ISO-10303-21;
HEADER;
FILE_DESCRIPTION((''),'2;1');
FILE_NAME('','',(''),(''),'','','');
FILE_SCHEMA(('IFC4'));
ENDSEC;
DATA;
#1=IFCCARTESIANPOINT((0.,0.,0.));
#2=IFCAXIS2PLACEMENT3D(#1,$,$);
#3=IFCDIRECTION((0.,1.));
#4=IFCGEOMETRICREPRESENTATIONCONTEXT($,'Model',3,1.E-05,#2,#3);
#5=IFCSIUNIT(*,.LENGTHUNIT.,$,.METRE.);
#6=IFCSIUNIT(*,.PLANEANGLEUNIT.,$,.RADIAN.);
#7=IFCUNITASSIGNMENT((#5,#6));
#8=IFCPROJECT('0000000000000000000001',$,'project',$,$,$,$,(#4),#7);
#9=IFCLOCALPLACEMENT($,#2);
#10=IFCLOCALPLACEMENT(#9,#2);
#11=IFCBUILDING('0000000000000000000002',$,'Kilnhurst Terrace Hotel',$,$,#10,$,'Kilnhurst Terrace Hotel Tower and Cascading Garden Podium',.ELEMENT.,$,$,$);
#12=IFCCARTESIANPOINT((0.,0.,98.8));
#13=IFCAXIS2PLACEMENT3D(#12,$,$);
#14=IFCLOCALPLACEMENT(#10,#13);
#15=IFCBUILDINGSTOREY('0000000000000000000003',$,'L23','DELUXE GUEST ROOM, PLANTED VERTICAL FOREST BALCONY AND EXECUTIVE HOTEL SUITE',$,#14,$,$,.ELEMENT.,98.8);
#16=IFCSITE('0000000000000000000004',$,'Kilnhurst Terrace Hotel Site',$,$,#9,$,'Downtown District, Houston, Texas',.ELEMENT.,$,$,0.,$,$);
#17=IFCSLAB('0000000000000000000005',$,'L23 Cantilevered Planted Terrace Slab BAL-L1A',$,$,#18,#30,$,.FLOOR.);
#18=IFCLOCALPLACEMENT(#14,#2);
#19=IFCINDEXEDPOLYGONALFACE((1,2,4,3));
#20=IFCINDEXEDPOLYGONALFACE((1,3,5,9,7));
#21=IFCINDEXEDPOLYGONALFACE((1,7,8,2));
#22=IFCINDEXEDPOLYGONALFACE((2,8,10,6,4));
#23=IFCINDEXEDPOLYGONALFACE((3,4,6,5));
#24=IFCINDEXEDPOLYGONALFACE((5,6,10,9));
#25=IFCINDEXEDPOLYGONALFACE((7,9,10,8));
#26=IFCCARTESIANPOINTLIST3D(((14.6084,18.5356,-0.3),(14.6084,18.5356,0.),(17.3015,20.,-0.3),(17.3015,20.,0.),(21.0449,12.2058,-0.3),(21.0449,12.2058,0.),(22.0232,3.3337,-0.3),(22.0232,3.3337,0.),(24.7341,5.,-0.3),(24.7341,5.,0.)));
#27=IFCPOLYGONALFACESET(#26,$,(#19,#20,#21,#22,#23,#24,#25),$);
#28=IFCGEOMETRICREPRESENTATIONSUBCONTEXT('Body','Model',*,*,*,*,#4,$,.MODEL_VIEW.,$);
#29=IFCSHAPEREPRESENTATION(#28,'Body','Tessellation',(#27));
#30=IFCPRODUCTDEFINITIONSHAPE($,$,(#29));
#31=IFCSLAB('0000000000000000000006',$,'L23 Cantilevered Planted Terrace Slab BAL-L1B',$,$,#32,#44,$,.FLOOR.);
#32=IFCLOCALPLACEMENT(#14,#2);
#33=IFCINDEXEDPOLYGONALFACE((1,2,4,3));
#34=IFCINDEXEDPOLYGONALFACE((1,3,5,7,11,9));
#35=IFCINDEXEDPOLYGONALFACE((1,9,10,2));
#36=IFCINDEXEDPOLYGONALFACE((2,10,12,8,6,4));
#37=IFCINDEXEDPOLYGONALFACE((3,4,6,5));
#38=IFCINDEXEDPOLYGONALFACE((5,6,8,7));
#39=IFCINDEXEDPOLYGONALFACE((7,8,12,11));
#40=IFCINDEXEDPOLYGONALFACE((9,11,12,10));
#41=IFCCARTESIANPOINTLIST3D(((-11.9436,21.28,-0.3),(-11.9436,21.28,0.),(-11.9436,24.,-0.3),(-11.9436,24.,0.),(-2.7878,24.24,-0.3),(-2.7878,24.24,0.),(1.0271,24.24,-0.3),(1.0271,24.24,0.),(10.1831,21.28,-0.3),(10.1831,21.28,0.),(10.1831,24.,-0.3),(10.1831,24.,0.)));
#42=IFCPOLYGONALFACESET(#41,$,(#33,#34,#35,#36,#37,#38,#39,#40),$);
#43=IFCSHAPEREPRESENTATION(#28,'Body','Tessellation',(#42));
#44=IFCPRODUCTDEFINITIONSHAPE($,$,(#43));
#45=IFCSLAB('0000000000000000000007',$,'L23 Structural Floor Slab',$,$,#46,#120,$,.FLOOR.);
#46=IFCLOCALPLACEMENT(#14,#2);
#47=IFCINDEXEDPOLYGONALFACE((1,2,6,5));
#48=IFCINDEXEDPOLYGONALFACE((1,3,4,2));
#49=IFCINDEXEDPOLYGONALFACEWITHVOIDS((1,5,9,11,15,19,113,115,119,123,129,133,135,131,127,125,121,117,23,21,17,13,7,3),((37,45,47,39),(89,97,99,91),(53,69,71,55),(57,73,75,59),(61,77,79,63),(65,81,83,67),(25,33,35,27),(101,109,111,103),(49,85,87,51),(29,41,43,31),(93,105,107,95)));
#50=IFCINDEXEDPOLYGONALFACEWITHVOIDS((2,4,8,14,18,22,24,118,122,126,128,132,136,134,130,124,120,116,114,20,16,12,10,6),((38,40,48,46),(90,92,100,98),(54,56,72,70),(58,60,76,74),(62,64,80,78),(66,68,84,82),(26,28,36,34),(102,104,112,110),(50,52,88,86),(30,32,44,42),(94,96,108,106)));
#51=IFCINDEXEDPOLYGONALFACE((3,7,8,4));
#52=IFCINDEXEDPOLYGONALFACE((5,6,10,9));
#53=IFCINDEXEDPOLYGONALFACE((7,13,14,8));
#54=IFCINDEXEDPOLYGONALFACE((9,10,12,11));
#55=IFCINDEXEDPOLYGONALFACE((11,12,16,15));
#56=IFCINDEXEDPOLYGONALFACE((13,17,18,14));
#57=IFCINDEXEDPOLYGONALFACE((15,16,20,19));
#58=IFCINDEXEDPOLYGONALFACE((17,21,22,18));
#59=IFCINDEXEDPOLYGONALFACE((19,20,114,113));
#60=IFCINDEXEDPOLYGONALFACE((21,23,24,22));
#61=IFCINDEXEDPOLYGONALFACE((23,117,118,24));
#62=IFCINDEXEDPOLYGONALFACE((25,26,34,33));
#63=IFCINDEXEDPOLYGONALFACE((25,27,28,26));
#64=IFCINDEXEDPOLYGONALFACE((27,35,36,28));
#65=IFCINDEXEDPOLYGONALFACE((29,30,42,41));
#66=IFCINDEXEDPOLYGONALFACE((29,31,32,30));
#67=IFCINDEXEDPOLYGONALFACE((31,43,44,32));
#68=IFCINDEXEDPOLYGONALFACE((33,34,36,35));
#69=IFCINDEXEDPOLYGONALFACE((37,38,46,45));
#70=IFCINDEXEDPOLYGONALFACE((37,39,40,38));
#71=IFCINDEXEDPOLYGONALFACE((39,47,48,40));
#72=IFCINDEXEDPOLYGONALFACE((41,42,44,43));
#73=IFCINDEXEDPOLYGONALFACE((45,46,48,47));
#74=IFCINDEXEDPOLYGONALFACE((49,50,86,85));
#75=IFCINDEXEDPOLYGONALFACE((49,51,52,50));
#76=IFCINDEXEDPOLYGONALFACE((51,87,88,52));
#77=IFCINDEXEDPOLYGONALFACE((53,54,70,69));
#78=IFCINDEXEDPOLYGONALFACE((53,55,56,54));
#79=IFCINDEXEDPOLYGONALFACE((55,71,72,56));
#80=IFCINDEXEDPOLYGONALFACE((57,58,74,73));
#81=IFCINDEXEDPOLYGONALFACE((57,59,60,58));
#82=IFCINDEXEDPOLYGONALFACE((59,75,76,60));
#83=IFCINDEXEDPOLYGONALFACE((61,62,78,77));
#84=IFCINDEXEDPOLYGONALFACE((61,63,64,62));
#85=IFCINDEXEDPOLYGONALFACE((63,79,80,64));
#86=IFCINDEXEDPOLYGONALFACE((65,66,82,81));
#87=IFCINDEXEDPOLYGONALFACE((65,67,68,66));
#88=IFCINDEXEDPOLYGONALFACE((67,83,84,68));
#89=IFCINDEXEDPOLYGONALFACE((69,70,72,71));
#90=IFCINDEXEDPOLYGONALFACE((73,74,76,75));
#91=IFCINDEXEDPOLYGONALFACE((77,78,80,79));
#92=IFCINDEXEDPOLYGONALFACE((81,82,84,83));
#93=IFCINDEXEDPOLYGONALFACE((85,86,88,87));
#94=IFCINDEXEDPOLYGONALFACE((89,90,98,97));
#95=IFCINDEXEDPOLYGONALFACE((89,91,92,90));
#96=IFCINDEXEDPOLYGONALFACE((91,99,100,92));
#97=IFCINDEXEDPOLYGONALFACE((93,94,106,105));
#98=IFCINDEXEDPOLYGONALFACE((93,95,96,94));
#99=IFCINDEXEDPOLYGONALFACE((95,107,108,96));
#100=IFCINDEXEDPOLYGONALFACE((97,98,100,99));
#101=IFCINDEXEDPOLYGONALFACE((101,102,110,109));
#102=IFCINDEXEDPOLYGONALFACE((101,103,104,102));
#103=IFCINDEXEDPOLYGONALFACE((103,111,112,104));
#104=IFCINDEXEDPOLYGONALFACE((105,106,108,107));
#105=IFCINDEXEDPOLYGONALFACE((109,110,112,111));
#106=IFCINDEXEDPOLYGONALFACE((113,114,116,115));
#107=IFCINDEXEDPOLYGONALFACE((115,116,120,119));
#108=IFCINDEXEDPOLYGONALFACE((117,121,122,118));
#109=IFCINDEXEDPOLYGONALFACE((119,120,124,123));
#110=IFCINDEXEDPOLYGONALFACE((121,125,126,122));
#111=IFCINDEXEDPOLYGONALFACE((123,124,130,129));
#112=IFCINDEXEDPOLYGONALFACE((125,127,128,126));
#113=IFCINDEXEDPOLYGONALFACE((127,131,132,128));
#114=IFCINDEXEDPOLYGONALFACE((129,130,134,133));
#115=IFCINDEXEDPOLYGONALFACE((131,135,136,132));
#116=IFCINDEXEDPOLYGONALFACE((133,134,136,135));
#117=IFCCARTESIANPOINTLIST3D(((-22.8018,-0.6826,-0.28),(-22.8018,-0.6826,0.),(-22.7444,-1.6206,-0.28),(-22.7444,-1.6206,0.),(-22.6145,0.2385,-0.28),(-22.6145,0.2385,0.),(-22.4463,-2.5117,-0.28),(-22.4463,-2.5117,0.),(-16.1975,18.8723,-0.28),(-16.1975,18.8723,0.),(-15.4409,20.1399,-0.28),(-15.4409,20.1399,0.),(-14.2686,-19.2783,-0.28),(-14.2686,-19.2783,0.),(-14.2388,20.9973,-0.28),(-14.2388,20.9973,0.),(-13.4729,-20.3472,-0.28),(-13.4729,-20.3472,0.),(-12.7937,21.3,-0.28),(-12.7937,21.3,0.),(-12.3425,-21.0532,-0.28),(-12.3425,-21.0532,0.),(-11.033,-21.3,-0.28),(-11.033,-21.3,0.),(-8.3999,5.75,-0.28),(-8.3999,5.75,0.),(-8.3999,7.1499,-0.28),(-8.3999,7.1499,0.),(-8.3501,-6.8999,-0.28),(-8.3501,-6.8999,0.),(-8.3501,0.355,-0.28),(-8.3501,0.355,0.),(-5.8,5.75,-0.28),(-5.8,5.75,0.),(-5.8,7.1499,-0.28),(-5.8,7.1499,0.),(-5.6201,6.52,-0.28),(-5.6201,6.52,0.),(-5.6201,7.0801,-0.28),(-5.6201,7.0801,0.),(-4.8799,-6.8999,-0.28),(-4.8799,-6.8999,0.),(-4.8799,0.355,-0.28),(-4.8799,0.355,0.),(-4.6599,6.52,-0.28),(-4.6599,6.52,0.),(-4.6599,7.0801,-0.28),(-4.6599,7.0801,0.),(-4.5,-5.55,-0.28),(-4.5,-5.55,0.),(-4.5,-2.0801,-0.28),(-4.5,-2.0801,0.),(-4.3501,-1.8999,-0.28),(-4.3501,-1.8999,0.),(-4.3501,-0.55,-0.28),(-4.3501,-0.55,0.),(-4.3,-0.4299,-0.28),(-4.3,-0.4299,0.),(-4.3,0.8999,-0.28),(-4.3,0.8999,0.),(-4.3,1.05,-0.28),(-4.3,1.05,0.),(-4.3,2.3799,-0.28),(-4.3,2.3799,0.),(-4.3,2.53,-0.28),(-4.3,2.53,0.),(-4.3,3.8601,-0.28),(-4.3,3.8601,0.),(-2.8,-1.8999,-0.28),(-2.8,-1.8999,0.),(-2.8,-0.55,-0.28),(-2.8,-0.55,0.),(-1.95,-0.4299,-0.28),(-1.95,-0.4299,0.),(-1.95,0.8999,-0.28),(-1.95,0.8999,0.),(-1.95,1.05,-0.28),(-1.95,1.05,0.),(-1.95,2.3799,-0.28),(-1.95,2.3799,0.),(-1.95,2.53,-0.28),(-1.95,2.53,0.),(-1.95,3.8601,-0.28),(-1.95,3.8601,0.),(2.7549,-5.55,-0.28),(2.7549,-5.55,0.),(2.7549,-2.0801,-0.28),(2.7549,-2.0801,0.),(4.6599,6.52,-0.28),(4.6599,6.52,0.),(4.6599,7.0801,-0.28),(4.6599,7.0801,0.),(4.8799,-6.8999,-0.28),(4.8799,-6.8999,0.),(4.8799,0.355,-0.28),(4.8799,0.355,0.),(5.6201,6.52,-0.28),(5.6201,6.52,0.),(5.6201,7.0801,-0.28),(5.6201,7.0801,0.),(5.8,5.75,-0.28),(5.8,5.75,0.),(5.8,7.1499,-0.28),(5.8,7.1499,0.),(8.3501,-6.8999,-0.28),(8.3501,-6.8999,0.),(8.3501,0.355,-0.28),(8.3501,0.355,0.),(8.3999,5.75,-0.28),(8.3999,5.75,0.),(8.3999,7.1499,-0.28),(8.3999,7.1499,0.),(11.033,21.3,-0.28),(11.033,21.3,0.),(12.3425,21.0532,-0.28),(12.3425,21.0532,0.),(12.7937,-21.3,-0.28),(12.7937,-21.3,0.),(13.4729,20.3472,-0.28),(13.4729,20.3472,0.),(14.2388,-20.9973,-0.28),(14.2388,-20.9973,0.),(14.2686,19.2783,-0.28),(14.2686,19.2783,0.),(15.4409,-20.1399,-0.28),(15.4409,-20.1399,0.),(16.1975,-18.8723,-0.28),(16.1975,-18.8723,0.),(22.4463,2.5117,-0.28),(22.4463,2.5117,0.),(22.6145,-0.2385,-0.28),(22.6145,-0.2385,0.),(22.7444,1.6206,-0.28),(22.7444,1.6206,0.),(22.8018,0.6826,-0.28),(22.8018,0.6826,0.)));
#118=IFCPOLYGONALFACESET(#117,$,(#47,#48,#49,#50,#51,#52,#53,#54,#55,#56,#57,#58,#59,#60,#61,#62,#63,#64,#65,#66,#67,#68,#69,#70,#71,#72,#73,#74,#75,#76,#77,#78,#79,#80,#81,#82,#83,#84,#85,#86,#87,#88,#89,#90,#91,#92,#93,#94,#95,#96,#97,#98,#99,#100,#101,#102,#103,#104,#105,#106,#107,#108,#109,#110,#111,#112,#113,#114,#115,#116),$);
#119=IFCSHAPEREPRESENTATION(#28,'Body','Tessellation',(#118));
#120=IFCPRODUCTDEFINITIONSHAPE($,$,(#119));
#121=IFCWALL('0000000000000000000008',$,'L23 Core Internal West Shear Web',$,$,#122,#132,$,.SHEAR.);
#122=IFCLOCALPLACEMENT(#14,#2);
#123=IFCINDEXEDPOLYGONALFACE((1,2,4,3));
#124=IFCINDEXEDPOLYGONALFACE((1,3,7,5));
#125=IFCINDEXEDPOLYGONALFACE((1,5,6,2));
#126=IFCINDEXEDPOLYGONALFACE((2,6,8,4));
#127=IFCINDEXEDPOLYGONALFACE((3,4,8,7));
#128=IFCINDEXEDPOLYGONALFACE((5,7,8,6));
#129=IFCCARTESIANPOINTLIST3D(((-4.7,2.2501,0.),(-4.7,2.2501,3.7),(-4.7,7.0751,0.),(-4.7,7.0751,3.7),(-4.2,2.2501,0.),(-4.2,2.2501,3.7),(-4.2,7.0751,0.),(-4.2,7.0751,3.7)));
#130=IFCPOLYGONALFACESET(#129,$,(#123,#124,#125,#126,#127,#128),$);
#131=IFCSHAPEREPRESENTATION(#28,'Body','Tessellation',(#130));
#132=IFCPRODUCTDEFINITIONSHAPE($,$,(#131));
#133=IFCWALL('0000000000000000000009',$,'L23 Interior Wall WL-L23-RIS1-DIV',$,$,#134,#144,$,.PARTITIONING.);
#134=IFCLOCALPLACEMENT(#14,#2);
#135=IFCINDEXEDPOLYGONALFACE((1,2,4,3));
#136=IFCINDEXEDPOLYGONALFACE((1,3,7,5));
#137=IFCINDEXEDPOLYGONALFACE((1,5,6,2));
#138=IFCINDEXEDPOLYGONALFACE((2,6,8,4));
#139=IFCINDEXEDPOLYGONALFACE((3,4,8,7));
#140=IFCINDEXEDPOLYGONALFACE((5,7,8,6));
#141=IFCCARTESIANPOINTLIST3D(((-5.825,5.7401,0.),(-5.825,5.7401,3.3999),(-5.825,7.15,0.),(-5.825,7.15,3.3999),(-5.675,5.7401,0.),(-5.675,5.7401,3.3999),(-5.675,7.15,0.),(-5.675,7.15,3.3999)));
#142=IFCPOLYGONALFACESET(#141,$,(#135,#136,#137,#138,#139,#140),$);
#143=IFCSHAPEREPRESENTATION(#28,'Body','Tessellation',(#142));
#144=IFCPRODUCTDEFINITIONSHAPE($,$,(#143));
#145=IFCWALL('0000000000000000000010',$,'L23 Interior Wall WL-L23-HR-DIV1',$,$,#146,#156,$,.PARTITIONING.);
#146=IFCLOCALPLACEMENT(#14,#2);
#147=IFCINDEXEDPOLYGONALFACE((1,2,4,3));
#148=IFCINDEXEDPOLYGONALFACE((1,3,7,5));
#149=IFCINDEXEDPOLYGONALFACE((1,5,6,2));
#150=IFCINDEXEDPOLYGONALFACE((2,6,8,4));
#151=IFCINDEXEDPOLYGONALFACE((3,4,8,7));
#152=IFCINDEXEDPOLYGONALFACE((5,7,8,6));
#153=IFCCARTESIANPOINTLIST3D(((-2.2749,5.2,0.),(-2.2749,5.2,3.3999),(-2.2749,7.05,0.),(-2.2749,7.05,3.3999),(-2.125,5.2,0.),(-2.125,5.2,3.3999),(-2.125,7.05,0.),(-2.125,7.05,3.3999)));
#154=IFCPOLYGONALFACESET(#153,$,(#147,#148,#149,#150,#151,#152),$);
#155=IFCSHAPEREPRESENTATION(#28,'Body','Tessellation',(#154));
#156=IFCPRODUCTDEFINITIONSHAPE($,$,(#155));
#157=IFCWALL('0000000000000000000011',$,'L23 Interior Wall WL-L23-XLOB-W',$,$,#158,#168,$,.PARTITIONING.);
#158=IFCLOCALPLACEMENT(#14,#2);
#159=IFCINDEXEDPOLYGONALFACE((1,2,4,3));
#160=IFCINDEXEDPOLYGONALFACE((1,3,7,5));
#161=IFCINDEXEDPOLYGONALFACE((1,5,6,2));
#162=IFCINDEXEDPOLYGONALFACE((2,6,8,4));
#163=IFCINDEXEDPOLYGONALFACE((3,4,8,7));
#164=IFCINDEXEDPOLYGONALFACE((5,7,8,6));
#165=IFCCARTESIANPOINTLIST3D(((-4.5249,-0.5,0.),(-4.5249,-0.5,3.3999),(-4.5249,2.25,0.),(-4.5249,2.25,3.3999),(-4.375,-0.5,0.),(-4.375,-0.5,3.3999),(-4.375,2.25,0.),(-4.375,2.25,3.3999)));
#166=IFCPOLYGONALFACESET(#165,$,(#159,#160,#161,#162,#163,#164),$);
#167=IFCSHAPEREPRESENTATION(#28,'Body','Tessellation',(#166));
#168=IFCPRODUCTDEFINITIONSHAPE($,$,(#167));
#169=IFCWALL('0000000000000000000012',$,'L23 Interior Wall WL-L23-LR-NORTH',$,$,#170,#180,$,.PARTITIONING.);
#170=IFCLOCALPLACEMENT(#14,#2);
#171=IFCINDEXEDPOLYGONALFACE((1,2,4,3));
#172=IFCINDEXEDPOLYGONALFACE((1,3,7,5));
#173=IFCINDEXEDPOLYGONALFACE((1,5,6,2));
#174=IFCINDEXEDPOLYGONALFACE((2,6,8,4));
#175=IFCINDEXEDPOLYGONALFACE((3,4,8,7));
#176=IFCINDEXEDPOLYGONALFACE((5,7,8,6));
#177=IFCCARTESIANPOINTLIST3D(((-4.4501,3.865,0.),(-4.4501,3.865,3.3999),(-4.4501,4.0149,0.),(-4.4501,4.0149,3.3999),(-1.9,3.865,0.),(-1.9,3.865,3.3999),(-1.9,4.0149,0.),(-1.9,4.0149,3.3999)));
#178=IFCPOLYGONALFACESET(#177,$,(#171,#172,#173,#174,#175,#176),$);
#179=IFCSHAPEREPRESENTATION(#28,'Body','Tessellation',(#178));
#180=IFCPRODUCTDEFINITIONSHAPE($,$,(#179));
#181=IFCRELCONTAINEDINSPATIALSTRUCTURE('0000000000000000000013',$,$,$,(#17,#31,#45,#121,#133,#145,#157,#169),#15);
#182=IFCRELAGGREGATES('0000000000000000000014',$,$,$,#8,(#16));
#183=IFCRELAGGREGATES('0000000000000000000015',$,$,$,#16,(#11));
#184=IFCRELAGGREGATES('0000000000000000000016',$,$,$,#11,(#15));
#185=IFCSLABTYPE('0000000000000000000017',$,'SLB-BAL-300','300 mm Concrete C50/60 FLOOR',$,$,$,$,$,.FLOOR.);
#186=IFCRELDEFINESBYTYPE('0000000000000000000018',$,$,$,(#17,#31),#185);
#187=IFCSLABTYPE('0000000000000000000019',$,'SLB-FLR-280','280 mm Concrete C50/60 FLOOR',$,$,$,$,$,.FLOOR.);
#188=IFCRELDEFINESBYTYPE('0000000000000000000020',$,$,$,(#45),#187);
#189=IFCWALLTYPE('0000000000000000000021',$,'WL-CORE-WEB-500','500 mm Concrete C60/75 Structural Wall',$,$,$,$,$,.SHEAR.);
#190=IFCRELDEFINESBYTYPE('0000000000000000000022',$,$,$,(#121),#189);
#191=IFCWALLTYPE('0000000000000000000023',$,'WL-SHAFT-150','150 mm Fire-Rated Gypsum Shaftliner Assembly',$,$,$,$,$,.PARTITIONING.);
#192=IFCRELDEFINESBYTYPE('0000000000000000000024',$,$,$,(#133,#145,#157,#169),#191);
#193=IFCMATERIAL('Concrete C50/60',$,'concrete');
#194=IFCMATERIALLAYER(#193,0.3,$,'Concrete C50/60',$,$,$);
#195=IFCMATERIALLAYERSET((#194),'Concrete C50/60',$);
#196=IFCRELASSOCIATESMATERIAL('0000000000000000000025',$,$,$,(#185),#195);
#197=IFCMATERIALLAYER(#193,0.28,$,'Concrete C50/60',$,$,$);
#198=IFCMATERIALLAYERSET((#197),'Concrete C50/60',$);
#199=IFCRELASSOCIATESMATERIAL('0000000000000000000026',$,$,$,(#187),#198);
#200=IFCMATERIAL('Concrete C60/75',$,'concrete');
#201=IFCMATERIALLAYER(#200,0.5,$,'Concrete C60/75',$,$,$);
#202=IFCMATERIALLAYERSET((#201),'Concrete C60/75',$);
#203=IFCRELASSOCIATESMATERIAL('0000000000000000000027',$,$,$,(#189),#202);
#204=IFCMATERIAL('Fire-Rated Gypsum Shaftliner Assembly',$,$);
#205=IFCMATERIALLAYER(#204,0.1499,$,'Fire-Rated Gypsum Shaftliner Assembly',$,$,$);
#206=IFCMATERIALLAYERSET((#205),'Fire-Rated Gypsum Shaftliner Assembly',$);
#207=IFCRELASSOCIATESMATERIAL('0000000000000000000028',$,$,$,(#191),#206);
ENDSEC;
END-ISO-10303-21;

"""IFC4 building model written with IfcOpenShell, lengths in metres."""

from ifc_helpers import new_model, si_unit, direction, frame, frame_2d, origin, place, context, subcontext, project, spatial, polyline, rectangle, outline, extrude, material, layer, layer_set, type_object, element, save


model = new_model("IFC4")

# Units and contexts
model_context = context("Model", 3, precision=1e-05, world=origin(), true_north=direction((0.0, 1.0)))
body_context = subcontext(model_context, "Body", "Model", "MODEL_VIEW")
ifc_project = project(units=[si_unit("LENGTHUNIT", "METRE"), si_unit("PLANEANGLEUNIT", "RADIAN")], contexts=[model_context])

# Site, building, storey
site_placement = place(None, origin())
site = spatial("IfcSite", under=ifc_project, at=site_placement, Name="Kilnhurst Terrace Hotel Site", LongName="Downtown District, Houston, Texas", CompositionType="ELEMENT", RefElevation=0.0)
building_placement = place(site_placement, origin())
building = spatial("IfcBuilding", under=site, at=building_placement, Name="Kilnhurst Terrace Hotel", LongName="Kilnhurst Terrace Hotel Tower and Cascading Garden Podium", CompositionType="ELEMENT")
storey_placement = place(building_placement, frame((0.0, 0.0, 98.8)))
storey = spatial("IfcBuildingStorey", under=building, at=storey_placement, Name="L23", Description="DELUXE GUEST ROOM, PLANTED VERTICAL FOREST BALCONY AND EXECUTIVE HOTEL SUITE", CompositionType="ELEMENT", Elevation=98.8)

# Slabs
ifc_material_1 = material(Name="Concrete C50/60", Category="concrete")
ifc_layer_1 = layer(ifc_material_1, 0.3, Name="Concrete C50/60")
ifc_layer_set_1 = layer_set([ifc_layer_1], Name="Concrete C50/60")
slab_type_1 = type_object("IfcSlabType", Name="SLB-BAL-300", Description="300 mm Concrete C50/60 FLOOR", PredefinedType="FLOOR", material=ifc_layer_set_1)
slab_1_placement = place(storey_placement, frame((0.0, 0.0, -0.3)))
element("IfcSlab", 1, at=slab_1_placement, inside=storey, type_object=slab_type_1, Name="L23 Cantilevered Planted Terrace Slab BAL-L1A", PredefinedType="FLOOR", context=body_context, shape_type="SweptSolid", body=[
    extrude(outline(polyline([(21.0449, 12.2058), (24.7341, 5.0), (22.0232, 3.3337), (14.6084, 18.5356), (17.3015, 20.0), (21.0449, 12.2058)])), origin(), (0.0, 0.0, 1.0), 0.3),
])
slab_2_placement = place(storey_placement, frame((0.0, 0.0, -0.3)))
element("IfcSlab", 2, at=slab_2_placement, inside=storey, type_object=slab_type_1, Name="L23 Cantilevered Planted Terrace Slab BAL-L1B", PredefinedType="FLOOR", context=body_context, shape_type="SweptSolid", body=[
    extrude(outline(polyline([(1.0271, 24.24), (10.1831, 24.0), (10.1831, 21.28), (-11.9436, 21.28), (-11.9436, 24.0), (-2.7878, 24.24), (1.0271, 24.24)])), origin(), (0.0, 0.0, 1.0), 0.3),
])
ifc_layer_2 = layer(ifc_material_1, 0.28, Name="Concrete C50/60")
ifc_layer_set_2 = layer_set([ifc_layer_2], Name="Concrete C50/60")
slab_type_2 = type_object("IfcSlabType", Name="SLB-FLR-280", Description="280 mm Concrete C50/60 FLOOR", PredefinedType="FLOOR", material=ifc_layer_set_2)
slab_3_placement = place(storey_placement, frame((0.0, 0.0, -0.28)))
element("IfcSlab", 3, at=slab_3_placement, inside=storey, type_object=slab_type_2, Name="L23 Structural Floor Slab", PredefinedType="FLOOR", context=body_context, shape_type="SweptSolid", body=[
    extrude(outline(polyline([(-14.2686, -19.2783), (-13.4729, -20.3472), (-12.3425, -21.0532), (-11.033, -21.3), (12.7937, -21.3), (14.2388, -20.9973), (15.4409, -20.1399), (16.1975, -18.8723), (22.6145, -0.2385), (22.8018, 0.6826), (22.7444, 1.6206), (22.4463, 2.5117), (14.2686, 19.2783), (13.4729, 20.3472), (12.3425, 21.0532), (11.033, 21.3), (-12.7937, 21.3), (-14.2388, 20.9973), (-15.4409, 20.1399), (-16.1975, 18.8723), (-22.6145, 0.2385), (-22.8018, -0.6826), (-22.7444, -1.6206), (-22.4463, -2.5117), (-14.2686, -19.2783)]), holes=[polyline([(-8.3501, 0.355), (-4.8799, 0.355), (-4.8799, -6.8999), (-8.3501, -6.8999), (-8.3501, 0.355)]), polyline([(-2.8, -1.8999), (-4.3501, -1.8999), (-4.3501, -0.55), (-2.8, -0.55), (-2.8, -1.8999)]), polyline([(-1.95, -0.4299), (-4.3, -0.4299), (-4.3, 0.8999), (-1.95, 0.8999), (-1.95, -0.4299)]), polyline([(-4.3, 1.05), (-4.3, 2.3799), (-1.95, 2.3799), (-1.95, 1.05), (-4.3, 1.05)]), polyline([(-8.3999, 5.75), (-8.3999, 7.1499), (-5.8, 7.1499), (-5.8, 5.75), (-8.3999, 5.75)]), polyline([(-4.6599, 6.52), (-5.6201, 6.52), (-5.6201, 7.0801), (-4.6599, 7.0801), (-4.6599, 6.52)]), polyline([(2.7549, -5.55), (-4.5, -5.55), (-4.5, -2.0801), (2.7549, -2.0801), (2.7549, -5.55)]), polyline([(8.3501, 0.355), (8.3501, -6.8999), (4.8799, -6.8999), (4.8799, 0.355), (8.3501, 0.355)]), polyline([(-1.95, 2.53), (-4.3, 2.53), (-4.3, 3.8601), (-1.95, 3.8601), (-1.95, 2.53)]), polyline([(5.8, 5.75), (5.8, 7.1499), (8.3999, 7.1499), (8.3999, 5.75), (5.8, 5.75)]), polyline([(4.6599, 6.52), (4.6599, 7.0801), (5.6201, 7.0801), (5.6201, 6.52), (4.6599, 6.52)])]), origin(), (0.0, 0.0, 1.0), 0.28),
])

# Walls
ifc_material_2 = material(Name="Concrete C60/75", Category="concrete")
ifc_layer_3 = layer(ifc_material_2, 0.5, Name="Concrete C60/75")
ifc_layer_set_3 = layer_set([ifc_layer_3], Name="Concrete C60/75")
wall_type_1 = type_object("IfcWallType", Name="WL-CORE-WEB-500", Description="500 mm Concrete C60/75 Structural Wall", PredefinedType="SHEAR", material=ifc_layer_set_3)
wall_1_placement = place(storey_placement, frame((-4.45, 2.25, 0.0), z_axis=(0.0, 0.0, 1.0), x_axis=(0.0, 1.0, 0.0)))
element("IfcWall", 4, at=wall_1_placement, inside=storey, type_object=wall_type_1, Name="L23 Core Internal West Shear Web", PredefinedType="SHEAR", context=body_context, shape_type="SweptSolid", body=[
    extrude(rectangle(XDim=4.825, YDim=0.5, at=frame_2d((2.4126, 0.0))), origin(), (0.0, 0.0, 1.0), 3.7),
])
ifc_material_3 = material(Name="Fire-Rated Gypsum Shaftliner Assembly")
ifc_layer_4 = layer(ifc_material_3, 0.1499, Name="Fire-Rated Gypsum Shaftliner Assembly")
ifc_layer_set_4 = layer_set([ifc_layer_4], Name="Fire-Rated Gypsum Shaftliner Assembly")
wall_type_2 = type_object("IfcWallType", Name="WL-SHAFT-150", Description="150 mm Fire-Rated Gypsum Shaftliner Assembly", PredefinedType="PARTITIONING", material=ifc_layer_set_4)
wall_2_placement = place(storey_placement, frame((-5.75, 5.74, 0.0), z_axis=(0.0, 0.0, 1.0), x_axis=(0.0, 1.0, 0.0)))
element("IfcWall", 5, at=wall_2_placement, inside=storey, type_object=wall_type_2, Name="L23 Interior Wall WL-L23-RIS1-DIV", PredefinedType="PARTITIONING", context=body_context, shape_type="SweptSolid", body=[
    extrude(rectangle(XDim=1.4099, YDim=0.1499, at=frame_2d((0.7051, 0.0))), origin(), (0.0, 0.0, 1.0), 3.3999),
])
wall_3_placement = place(storey_placement, frame((-2.2, 5.2, 0.0), z_axis=(0.0, 0.0, 1.0), x_axis=(0.0, 1.0, 0.0)))
element("IfcWall", 6, at=wall_3_placement, inside=storey, type_object=wall_type_2, Name="L23 Interior Wall WL-L23-HR-DIV1", PredefinedType="PARTITIONING", context=body_context, shape_type="SweptSolid", body=[
    extrude(rectangle(XDim=1.8501, YDim=0.1499, at=frame_2d((0.925, 0.0))), origin(), (0.0, 0.0, 1.0), 3.3999),
])
wall_4_placement = place(storey_placement, frame((-4.45, -0.5, 0.0), z_axis=(0.0, 0.0, 1.0), x_axis=(0.0, 1.0, 0.0)))
element("IfcWall", 7, at=wall_4_placement, inside=storey, type_object=wall_type_2, Name="L23 Interior Wall WL-L23-XLOB-W", PredefinedType="PARTITIONING", context=body_context, shape_type="SweptSolid", body=[
    extrude(rectangle(XDim=2.75, YDim=0.1499, at=frame_2d((1.375, 0.0))), origin(), (0.0, 0.0, 1.0), 3.3999),
])
for number, where, z_axis, x_axis, name in (
    (8, (-4.45, 3.9399, 0.0), (0.0, 0.0, 1.0), (1.0, 0.0, 0.0), "L23 Interior Wall WL-L23-LR-NORTH"),
):
    element("IfcWall", number, at=place(storey_placement, frame(where, z_axis=z_axis, x_axis=x_axis)), inside=storey, type_object=wall_type_2, Name=name, PredefinedType="PARTITIONING", context=body_context, shape_type="SweptSolid", body=[
        extrude(rectangle(XDim=2.55, YDim=0.1499, at=frame_2d((1.2749, 0.0))), origin(), (0.0, 0.0, 1.0), 3.3999),
    ])

save(model, "model.ifc")
